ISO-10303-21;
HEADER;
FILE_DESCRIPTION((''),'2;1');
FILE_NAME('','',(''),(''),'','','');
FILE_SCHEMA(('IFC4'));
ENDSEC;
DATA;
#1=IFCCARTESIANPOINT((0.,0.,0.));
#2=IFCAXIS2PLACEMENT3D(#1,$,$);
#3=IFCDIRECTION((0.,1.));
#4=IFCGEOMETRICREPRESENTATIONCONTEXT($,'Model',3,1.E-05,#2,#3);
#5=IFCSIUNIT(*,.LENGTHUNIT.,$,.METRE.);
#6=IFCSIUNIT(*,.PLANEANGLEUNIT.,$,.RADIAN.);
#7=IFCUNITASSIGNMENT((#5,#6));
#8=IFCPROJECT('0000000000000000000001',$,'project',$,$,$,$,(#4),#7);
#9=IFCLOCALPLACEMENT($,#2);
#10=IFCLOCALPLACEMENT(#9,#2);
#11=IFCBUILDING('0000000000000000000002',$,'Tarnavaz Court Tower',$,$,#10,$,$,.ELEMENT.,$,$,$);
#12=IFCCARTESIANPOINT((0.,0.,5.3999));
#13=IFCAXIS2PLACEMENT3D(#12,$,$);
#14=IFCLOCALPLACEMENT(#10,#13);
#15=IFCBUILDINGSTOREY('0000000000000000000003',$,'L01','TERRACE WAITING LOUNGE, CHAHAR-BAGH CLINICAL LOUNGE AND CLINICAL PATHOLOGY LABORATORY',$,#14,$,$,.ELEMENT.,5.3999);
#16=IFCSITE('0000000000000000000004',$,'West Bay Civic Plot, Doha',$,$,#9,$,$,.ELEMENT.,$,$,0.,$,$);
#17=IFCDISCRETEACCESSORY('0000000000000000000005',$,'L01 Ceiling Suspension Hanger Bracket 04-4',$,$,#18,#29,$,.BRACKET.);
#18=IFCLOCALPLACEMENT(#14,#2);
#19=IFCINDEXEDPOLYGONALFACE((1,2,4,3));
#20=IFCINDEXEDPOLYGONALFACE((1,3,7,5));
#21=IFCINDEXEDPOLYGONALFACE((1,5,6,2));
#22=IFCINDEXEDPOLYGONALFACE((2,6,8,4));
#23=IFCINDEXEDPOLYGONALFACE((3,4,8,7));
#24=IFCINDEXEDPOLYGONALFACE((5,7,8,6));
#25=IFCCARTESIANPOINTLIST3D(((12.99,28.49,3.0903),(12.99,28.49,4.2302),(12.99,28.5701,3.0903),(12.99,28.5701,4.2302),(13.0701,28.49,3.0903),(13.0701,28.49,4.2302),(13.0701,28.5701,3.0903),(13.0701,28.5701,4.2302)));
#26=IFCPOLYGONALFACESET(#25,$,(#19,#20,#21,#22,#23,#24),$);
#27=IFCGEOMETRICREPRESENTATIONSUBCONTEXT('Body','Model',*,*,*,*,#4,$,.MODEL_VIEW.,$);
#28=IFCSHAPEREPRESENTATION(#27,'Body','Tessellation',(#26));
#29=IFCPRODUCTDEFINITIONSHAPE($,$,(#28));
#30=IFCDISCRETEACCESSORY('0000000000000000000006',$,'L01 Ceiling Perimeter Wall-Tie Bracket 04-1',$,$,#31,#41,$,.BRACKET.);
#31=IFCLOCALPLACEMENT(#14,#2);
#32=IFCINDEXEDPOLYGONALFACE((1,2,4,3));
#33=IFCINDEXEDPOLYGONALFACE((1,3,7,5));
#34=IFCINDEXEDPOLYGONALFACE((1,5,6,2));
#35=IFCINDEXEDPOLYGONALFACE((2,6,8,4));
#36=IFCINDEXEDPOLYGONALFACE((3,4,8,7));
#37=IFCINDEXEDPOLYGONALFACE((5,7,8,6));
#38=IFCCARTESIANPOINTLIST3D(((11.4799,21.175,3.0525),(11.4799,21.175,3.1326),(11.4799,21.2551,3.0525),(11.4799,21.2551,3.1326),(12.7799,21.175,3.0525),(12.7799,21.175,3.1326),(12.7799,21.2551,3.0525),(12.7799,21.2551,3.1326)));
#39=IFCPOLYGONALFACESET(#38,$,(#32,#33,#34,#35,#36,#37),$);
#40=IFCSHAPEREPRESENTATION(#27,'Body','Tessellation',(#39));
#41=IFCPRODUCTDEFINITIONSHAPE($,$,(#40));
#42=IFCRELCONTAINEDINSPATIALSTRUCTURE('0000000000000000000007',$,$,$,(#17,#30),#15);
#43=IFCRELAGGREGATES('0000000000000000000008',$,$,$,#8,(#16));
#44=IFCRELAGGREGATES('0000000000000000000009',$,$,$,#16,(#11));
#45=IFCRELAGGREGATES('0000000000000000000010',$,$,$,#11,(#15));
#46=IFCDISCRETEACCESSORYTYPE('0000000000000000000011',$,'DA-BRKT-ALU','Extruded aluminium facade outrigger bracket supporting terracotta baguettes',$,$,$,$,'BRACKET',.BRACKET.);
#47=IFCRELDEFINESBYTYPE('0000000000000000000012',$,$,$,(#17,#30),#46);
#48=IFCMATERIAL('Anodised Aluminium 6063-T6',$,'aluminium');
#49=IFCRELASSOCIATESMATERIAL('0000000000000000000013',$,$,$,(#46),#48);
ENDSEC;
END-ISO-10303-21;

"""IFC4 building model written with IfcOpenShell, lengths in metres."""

from ifc_helpers import new_model, si_unit, direction, frame, origin, origin_2d, place, context, subcontext, project, spatial, rectangle, extrude, material, type_object, element, save


model = new_model("IFC4")

# Units and contexts
model_context = context("Model", 3, precision=1e-05, world=origin(), true_north=direction((0.0, 1.0)))
body_context = subcontext(model_context, "Body", "Model", "MODEL_VIEW")
ifc_project = project(units=[si_unit("LENGTHUNIT", "METRE"), si_unit("PLANEANGLEUNIT", "RADIAN")], contexts=[model_context])

# Site, building, storey
site_placement = place(None, origin())
site = spatial("IfcSite", under=ifc_project, at=site_placement, Name="West Bay Civic Plot, Doha", CompositionType="ELEMENT", RefElevation=0.0)
building_placement = place(site_placement, origin())
building = spatial("IfcBuilding", under=site, at=building_placement, Name="Tarnavaz Court Tower", CompositionType="ELEMENT")
storey_placement = place(building_placement, frame((0.0, 0.0, 5.3999)))
storey = spatial("IfcBuildingStorey", under=building, at=storey_placement, Name="L01", Description="TERRACE WAITING LOUNGE, CHAHAR-BAGH CLINICAL LOUNGE AND CLINICAL PATHOLOGY LABORATORY", CompositionType="ELEMENT", Elevation=5.3999)

# Shared definitions
ifc_material_1 = material(Name="Anodised Aluminium 6063-T6", Category="aluminium")

# Discrete accessories
discrete_accessory_type = type_object("IfcDiscreteAccessoryType", Name="DA-BRKT-ALU", Description="Extruded aluminium facade outrigger bracket supporting terracotta baguettes", ElementType="BRACKET", PredefinedType="BRACKET", material=ifc_material_1)
for number, where, z_axis, x_axis, name in (
    (1, (13.03, 28.53, 3.0903), (0.0, 0.0, 1.0), (1.0, 0.0, 0.0), "L01 Ceiling Suspension Hanger Bracket 04-4"),
):
    element("IfcDiscreteAccessory", number, at=place(storey_placement, frame(where, z_axis=z_axis, x_axis=x_axis)), inside=storey, type_object=discrete_accessory_type, Name=name, PredefinedType="BRACKET", context=body_context, shape_type="SweptSolid", body=[
        extrude(rectangle(XDim=0.0801, YDim=0.0801, at=origin_2d()), origin(), (0.0, 0.0, 1.0), 1.1399),
    ])
discrete_accessory_placement = place(storey_placement, frame((12.1299, 21.2151, 3.0525), z_axis=(0.0, 0.0, 1.0), x_axis=(1.0, 0.0, 0.0)))
element("IfcDiscreteAccessory", 2, at=discrete_accessory_placement, inside=storey, type_object=discrete_accessory_type, Name="L01 Ceiling Perimeter Wall-Tie Bracket 04-1", PredefinedType="BRACKET", context=body_context, shape_type="SweptSolid", body=[
    extrude(rectangle(XDim=1.3, YDim=0.0801, at=origin_2d()), origin(), (0.0, 0.0, 1.0), 0.0801),
])

save(model, "model.ifc")
